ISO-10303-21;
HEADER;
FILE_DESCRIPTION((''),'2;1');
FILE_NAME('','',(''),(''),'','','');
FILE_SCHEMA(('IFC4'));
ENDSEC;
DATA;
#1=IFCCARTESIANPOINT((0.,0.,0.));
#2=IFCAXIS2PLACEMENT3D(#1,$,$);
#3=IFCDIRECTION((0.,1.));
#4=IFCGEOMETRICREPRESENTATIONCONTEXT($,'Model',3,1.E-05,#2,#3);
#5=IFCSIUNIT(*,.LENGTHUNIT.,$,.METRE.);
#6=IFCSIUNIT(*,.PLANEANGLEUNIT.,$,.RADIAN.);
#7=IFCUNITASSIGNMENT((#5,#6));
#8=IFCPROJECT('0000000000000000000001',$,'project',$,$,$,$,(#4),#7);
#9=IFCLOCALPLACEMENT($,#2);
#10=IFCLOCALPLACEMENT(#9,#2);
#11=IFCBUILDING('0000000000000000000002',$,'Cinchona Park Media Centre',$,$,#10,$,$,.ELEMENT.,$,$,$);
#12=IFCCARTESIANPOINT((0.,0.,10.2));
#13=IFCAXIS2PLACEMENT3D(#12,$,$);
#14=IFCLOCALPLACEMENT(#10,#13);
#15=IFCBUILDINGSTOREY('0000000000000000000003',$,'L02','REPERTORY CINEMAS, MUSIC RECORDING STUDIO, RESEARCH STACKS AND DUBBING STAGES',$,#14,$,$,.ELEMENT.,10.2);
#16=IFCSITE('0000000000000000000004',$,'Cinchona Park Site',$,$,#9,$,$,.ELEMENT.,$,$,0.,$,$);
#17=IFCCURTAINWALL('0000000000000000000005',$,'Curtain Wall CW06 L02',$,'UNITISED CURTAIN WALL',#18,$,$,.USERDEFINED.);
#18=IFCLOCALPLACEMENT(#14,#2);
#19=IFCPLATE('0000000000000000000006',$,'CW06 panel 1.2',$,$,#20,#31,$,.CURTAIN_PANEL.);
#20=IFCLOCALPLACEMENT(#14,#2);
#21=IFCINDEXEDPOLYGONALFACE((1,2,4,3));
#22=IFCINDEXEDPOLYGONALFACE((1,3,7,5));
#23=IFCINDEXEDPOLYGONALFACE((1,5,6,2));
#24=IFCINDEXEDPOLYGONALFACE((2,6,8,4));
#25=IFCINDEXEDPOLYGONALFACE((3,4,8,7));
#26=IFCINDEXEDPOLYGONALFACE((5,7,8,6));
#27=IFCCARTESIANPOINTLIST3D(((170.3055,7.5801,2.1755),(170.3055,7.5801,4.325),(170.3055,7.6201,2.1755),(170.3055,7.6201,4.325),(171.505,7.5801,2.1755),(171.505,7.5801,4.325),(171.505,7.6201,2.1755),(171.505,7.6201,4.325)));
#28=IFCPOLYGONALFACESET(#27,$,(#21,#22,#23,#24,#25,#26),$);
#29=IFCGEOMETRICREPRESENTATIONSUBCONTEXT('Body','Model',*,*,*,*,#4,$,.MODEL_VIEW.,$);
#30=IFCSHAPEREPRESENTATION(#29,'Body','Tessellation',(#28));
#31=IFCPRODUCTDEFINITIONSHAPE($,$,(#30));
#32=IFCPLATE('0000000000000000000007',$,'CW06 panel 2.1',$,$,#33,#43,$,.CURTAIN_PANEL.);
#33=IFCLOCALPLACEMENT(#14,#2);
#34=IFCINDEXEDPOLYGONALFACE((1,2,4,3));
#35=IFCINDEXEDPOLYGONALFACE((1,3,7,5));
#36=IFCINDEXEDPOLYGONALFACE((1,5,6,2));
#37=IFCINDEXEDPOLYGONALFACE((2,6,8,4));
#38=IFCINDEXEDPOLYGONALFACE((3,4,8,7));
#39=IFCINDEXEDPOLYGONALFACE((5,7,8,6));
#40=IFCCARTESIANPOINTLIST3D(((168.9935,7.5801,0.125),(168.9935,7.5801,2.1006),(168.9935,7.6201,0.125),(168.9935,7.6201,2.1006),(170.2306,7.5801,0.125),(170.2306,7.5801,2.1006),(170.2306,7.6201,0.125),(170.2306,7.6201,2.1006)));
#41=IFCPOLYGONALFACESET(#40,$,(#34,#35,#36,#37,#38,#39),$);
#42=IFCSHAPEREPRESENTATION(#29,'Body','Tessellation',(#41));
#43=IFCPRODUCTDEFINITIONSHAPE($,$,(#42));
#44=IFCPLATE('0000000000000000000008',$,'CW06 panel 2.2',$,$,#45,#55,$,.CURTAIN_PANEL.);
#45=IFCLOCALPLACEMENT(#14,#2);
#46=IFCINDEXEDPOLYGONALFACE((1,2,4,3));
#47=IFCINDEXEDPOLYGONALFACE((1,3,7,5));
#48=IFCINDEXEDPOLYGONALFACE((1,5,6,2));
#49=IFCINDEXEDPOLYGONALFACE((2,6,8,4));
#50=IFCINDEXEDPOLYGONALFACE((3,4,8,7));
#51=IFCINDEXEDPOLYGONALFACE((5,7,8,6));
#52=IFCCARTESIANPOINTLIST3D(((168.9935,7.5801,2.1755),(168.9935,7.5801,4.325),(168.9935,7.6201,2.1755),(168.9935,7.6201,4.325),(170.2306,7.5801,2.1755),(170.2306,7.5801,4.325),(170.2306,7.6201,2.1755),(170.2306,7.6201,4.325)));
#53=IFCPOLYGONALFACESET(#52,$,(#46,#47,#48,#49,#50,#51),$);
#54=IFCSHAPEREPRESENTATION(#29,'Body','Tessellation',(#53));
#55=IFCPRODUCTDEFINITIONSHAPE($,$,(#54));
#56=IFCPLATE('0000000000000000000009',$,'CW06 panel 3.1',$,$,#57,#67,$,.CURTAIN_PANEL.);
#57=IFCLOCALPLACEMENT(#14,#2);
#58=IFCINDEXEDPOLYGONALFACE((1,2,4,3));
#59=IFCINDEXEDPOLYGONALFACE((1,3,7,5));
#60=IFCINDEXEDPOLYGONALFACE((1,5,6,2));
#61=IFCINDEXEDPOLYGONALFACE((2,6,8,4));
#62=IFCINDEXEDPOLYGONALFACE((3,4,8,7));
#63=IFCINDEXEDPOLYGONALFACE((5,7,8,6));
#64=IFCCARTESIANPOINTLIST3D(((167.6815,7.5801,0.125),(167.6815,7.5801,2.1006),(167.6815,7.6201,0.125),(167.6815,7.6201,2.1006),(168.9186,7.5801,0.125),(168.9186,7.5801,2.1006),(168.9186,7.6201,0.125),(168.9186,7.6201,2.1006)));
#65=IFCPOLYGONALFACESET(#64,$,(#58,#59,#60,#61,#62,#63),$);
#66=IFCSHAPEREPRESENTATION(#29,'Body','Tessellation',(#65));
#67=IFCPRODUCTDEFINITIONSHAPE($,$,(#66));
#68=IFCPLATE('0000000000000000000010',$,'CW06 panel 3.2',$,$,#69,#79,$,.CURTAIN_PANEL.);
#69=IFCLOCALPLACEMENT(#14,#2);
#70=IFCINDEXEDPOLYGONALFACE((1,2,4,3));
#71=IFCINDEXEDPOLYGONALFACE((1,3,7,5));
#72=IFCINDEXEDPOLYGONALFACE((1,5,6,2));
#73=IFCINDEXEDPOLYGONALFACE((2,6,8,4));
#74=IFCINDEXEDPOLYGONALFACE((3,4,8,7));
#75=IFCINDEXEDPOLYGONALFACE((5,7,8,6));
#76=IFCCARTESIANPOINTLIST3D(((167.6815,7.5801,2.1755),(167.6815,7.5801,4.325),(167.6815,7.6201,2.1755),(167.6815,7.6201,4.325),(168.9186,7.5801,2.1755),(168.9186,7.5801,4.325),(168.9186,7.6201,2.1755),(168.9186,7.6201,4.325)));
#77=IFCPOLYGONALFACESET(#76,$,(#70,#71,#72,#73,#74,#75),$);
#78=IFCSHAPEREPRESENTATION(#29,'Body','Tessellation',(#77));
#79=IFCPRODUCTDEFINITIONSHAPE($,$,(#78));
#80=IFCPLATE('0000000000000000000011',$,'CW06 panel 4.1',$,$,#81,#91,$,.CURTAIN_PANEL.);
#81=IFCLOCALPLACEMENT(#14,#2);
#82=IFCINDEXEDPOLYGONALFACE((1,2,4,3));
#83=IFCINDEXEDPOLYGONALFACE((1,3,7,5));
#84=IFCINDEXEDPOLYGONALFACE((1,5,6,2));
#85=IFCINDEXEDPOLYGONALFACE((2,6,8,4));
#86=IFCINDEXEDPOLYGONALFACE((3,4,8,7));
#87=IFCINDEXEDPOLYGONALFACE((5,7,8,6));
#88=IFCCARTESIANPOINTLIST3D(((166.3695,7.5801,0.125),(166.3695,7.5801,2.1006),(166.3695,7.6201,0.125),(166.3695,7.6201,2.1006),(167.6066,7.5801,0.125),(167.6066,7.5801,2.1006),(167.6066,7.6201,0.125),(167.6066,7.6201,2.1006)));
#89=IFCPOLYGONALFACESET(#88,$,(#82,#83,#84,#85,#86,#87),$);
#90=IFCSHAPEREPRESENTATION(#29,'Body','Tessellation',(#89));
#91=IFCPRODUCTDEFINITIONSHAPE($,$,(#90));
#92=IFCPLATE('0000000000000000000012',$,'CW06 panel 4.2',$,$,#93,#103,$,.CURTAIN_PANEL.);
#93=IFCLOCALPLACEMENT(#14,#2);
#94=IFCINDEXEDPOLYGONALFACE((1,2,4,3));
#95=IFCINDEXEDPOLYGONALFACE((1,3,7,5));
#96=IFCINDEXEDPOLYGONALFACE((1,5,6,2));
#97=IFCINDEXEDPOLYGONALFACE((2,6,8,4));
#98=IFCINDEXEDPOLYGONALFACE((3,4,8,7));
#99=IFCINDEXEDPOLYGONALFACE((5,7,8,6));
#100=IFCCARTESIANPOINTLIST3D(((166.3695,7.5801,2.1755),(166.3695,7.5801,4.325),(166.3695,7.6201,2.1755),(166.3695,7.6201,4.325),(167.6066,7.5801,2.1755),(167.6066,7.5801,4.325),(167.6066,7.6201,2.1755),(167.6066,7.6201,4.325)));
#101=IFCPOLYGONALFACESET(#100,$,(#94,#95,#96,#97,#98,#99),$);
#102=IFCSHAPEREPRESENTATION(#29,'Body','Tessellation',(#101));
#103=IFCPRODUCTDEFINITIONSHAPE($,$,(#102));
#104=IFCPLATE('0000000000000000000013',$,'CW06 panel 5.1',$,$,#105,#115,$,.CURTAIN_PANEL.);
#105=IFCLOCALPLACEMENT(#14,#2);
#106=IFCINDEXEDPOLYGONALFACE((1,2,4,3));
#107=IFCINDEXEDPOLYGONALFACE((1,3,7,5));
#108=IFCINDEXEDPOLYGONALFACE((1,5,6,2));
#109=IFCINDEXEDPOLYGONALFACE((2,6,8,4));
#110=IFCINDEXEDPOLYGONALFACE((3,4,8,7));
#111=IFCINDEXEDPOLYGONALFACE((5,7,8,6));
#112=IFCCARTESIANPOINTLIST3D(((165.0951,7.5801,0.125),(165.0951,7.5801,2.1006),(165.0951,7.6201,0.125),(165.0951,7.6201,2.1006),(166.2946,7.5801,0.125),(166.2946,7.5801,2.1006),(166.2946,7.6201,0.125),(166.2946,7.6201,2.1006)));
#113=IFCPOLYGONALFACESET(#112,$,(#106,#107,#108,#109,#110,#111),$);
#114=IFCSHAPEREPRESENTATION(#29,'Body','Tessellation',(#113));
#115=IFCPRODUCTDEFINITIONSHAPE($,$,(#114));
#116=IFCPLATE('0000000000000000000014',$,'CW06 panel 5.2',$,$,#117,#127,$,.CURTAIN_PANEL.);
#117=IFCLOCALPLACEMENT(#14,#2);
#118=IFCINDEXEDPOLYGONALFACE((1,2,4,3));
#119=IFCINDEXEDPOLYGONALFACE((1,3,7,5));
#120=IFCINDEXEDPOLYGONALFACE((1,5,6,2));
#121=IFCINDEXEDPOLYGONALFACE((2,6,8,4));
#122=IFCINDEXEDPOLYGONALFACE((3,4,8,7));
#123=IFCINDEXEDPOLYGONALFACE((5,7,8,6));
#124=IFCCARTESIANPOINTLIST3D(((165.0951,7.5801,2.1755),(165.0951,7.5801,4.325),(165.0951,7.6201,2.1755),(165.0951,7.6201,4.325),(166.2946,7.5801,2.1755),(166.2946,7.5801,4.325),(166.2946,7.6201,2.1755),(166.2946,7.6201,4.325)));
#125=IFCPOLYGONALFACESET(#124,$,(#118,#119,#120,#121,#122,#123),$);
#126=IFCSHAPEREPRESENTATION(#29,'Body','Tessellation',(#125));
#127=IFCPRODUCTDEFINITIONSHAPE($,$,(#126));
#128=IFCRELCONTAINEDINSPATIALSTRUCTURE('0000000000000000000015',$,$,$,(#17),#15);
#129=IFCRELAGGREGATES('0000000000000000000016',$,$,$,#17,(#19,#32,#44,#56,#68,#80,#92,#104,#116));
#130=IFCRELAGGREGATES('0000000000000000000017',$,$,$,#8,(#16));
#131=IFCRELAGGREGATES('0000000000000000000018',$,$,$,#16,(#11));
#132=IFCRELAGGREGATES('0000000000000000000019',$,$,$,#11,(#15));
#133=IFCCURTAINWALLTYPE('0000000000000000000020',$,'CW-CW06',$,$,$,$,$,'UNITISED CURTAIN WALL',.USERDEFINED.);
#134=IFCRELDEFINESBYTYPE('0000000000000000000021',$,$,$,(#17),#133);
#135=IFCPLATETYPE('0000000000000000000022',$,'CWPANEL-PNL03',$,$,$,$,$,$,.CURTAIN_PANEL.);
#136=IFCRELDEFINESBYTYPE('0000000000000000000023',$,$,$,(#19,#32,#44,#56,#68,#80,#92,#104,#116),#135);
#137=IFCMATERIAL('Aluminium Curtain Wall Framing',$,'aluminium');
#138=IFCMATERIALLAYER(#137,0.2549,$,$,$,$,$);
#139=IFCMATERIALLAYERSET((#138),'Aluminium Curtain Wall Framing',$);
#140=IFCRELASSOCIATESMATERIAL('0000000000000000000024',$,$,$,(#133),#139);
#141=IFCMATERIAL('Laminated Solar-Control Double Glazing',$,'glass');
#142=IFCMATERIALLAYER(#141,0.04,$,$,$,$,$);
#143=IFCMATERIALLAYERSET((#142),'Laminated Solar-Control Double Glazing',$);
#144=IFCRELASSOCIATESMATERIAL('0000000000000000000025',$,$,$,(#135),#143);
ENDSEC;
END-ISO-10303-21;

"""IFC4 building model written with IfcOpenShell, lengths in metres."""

from ifc_helpers import new_model, si_unit, direction, frame, origin, origin_2d, place, context, subcontext, project, spatial, rectangle, extrude, material, layer, layer_set, type_object, element, aggregate, save


model = new_model("IFC4")

# Units and contexts
model_context = context("Model", 3, precision=1e-05, world=origin(), true_north=direction((0.0, 1.0)))
body_context = subcontext(model_context, "Body", "Model", "MODEL_VIEW")
ifc_project = project(units=[si_unit("LENGTHUNIT", "METRE"), si_unit("PLANEANGLEUNIT", "RADIAN")], contexts=[model_context])

# Site, building, storey
site_placement = place(None, origin())
site = spatial("IfcSite", under=ifc_project, at=site_placement, Name="Cinchona Park Site", CompositionType="ELEMENT", RefElevation=0.0)
building_placement = place(site_placement, origin())
building = spatial("IfcBuilding", under=site, at=building_placement, Name="Cinchona Park Media Centre", CompositionType="ELEMENT")
storey_placement = place(building_placement, frame((0.0, 0.0, 10.2)))
storey = spatial("IfcBuildingStorey", under=building, at=storey_placement, Name="L02", Description="REPERTORY CINEMAS, MUSIC RECORDING STUDIO, RESEARCH STACKS AND DUBBING STAGES", CompositionType="ELEMENT", Elevation=10.2)

# Curtain wall
ifc_material_1 = material(Name="Aluminium Curtain Wall Framing", Category="aluminium")
ifc_layer_1 = layer(ifc_material_1, 0.2549)
ifc_layer_set_1 = layer_set([ifc_layer_1], Name="Aluminium Curtain Wall Framing")
curtain_wall_type_1 = type_object("IfcCurtainWallType", Name="CW-CW06", ElementType="UNITISED CURTAIN WALL", PredefinedType="USERDEFINED", material=ifc_layer_set_1)
curtain_wall_1_placement = place(storey_placement, origin())
curtain_wall_1 = element("IfcCurtainWall", 1, at=curtain_wall_1_placement, inside=storey, type_object=curtain_wall_type_1, Name="Curtain Wall CW06 L02", ObjectType="UNITISED CURTAIN WALL", PredefinedType="USERDEFINED")

# Plates
ifc_material_2 = material(Name="Laminated Solar-Control Double Glazing", Category="glass")
ifc_layer_2 = layer(ifc_material_2, 0.04)
ifc_layer_set_2 = layer_set([ifc_layer_2], Name="Laminated Solar-Control Double Glazing")
plate_type = type_object("IfcPlateType", Name="CWPANEL-PNL03", PredefinedType="CURTAIN_PANEL", material=ifc_layer_set_2)
plate_1_placement = place(storey_placement, frame((170.9053, 7.6001, 2.1755), z_axis=(0.0, 0.0, 1.0), x_axis=(-1.0, 0.0, 0.0)))
plate_1 = element("IfcPlate", 2, at=plate_1_placement, type_object=plate_type, Name="CW06 panel 1.2", PredefinedType="CURTAIN_PANEL", context=body_context, shape_type="SweptSolid", body=[
    extrude(rectangle(XDim=1.1995, YDim=0.04, at=origin_2d()), origin(), (0.0, 0.0, 1.0), 2.1494),
])
plate_2_placement = place(storey_placement, frame((169.6121, 7.6001, 0.125), z_axis=(0.0, 0.0, 1.0), x_axis=(-1.0, 0.0, 0.0)))
plate_2 = element("IfcPlate", 3, at=plate_2_placement, type_object=plate_type, Name="CW06 panel 2.1", PredefinedType="CURTAIN_PANEL", context=body_context, shape_type="SweptSolid", body=[
    extrude(rectangle(XDim=1.2371, YDim=0.04, at=origin_2d()), origin(), (0.0, 0.0, 1.0), 1.9756),
])
plate_3_placement = place(storey_placement, frame((169.6121, 7.6001, 2.1755), z_axis=(0.0, 0.0, 1.0), x_axis=(-1.0, 0.0, 0.0)))
plate_3 = element("IfcPlate", 4, at=plate_3_placement, type_object=plate_type, Name="CW06 panel 2.2", PredefinedType="CURTAIN_PANEL", context=body_context, shape_type="SweptSolid", body=[
    extrude(rectangle(XDim=1.2371, YDim=0.04, at=origin_2d()), origin(), (0.0, 0.0, 1.0), 2.1494),
])
plate_4_placement = place(storey_placement, frame((168.3, 7.6001, 0.125), z_axis=(0.0, 0.0, 1.0), x_axis=(-1.0, 0.0, 0.0)))
plate_4 = element("IfcPlate", 5, at=plate_4_placement, type_object=plate_type, Name="CW06 panel 3.1", PredefinedType="CURTAIN_PANEL", context=body_context, shape_type="SweptSolid", body=[
    extrude(rectangle(XDim=1.2371, YDim=0.04, at=origin_2d()), origin(), (0.0, 0.0, 1.0), 1.9756),
])
plate_5_placement = place(storey_placement, frame((168.3, 7.6001, 2.1755), z_axis=(0.0, 0.0, 1.0), x_axis=(-1.0, 0.0, 0.0)))
plate_5 = element("IfcPlate", 6, at=plate_5_placement, type_object=plate_type, Name="CW06 panel 3.2", PredefinedType="CURTAIN_PANEL", context=body_context, shape_type="SweptSolid", body=[
    extrude(rectangle(XDim=1.2371, YDim=0.04, at=origin_2d()), origin(), (0.0, 0.0, 1.0), 2.1494),
])
plate_6_placement = place(storey_placement, frame((166.988, 7.6001, 0.125), z_axis=(0.0, 0.0, 1.0), x_axis=(-1.0, 0.0, 0.0)))
plate_6 = element("IfcPlate", 7, at=plate_6_placement, type_object=plate_type, Name="CW06 panel 4.1", PredefinedType="CURTAIN_PANEL", context=body_context, shape_type="SweptSolid", body=[
    extrude(rectangle(XDim=1.2371, YDim=0.04, at=origin_2d()), origin(), (0.0, 0.0, 1.0), 1.9756),
])
plate_7_placement = place(storey_placement, frame((166.988, 7.6001, 2.1755), z_axis=(0.0, 0.0, 1.0), x_axis=(-1.0, 0.0, 0.0)))
plate_7 = element("IfcPlate", 8, at=plate_7_placement, type_object=plate_type, Name="CW06 panel 4.2", PredefinedType="CURTAIN_PANEL", context=body_context, shape_type="SweptSolid", body=[
    extrude(rectangle(XDim=1.2371, YDim=0.04, at=origin_2d()), origin(), (0.0, 0.0, 1.0), 2.1494),
])
plate_8_placement = place(storey_placement, frame((165.6948, 7.6001, 0.125), z_axis=(0.0, 0.0, 1.0), x_axis=(-1.0, 0.0, 0.0)))
plate_8 = element("IfcPlate", 9, at=plate_8_placement, type_object=plate_type, Name="CW06 panel 5.1", PredefinedType="CURTAIN_PANEL", context=body_context, shape_type="SweptSolid", body=[
    extrude(rectangle(XDim=1.1995, YDim=0.04, at=origin_2d()), origin(), (0.0, 0.0, 1.0), 1.9756),
])
plate_9_placement = place(storey_placement, frame((165.6948, 7.6001, 2.1755), z_axis=(0.0, 0.0, 1.0), x_axis=(-1.0, 0.0, 0.0)))
plate_9 = element("IfcPlate", 10, at=plate_9_placement, type_object=plate_type, Name="CW06 panel 5.2", PredefinedType="CURTAIN_PANEL", context=body_context, shape_type="SweptSolid", body=[
    extrude(rectangle(XDim=1.1995, YDim=0.04, at=origin_2d()), origin(), (0.0, 0.0, 1.0), 2.1494),
])
aggregate(curtain_wall_1, [plate_1, plate_2, plate_3, plate_4, plate_5, plate_6, plate_7, plate_8, plate_9])

save(model, "model.ifc")
